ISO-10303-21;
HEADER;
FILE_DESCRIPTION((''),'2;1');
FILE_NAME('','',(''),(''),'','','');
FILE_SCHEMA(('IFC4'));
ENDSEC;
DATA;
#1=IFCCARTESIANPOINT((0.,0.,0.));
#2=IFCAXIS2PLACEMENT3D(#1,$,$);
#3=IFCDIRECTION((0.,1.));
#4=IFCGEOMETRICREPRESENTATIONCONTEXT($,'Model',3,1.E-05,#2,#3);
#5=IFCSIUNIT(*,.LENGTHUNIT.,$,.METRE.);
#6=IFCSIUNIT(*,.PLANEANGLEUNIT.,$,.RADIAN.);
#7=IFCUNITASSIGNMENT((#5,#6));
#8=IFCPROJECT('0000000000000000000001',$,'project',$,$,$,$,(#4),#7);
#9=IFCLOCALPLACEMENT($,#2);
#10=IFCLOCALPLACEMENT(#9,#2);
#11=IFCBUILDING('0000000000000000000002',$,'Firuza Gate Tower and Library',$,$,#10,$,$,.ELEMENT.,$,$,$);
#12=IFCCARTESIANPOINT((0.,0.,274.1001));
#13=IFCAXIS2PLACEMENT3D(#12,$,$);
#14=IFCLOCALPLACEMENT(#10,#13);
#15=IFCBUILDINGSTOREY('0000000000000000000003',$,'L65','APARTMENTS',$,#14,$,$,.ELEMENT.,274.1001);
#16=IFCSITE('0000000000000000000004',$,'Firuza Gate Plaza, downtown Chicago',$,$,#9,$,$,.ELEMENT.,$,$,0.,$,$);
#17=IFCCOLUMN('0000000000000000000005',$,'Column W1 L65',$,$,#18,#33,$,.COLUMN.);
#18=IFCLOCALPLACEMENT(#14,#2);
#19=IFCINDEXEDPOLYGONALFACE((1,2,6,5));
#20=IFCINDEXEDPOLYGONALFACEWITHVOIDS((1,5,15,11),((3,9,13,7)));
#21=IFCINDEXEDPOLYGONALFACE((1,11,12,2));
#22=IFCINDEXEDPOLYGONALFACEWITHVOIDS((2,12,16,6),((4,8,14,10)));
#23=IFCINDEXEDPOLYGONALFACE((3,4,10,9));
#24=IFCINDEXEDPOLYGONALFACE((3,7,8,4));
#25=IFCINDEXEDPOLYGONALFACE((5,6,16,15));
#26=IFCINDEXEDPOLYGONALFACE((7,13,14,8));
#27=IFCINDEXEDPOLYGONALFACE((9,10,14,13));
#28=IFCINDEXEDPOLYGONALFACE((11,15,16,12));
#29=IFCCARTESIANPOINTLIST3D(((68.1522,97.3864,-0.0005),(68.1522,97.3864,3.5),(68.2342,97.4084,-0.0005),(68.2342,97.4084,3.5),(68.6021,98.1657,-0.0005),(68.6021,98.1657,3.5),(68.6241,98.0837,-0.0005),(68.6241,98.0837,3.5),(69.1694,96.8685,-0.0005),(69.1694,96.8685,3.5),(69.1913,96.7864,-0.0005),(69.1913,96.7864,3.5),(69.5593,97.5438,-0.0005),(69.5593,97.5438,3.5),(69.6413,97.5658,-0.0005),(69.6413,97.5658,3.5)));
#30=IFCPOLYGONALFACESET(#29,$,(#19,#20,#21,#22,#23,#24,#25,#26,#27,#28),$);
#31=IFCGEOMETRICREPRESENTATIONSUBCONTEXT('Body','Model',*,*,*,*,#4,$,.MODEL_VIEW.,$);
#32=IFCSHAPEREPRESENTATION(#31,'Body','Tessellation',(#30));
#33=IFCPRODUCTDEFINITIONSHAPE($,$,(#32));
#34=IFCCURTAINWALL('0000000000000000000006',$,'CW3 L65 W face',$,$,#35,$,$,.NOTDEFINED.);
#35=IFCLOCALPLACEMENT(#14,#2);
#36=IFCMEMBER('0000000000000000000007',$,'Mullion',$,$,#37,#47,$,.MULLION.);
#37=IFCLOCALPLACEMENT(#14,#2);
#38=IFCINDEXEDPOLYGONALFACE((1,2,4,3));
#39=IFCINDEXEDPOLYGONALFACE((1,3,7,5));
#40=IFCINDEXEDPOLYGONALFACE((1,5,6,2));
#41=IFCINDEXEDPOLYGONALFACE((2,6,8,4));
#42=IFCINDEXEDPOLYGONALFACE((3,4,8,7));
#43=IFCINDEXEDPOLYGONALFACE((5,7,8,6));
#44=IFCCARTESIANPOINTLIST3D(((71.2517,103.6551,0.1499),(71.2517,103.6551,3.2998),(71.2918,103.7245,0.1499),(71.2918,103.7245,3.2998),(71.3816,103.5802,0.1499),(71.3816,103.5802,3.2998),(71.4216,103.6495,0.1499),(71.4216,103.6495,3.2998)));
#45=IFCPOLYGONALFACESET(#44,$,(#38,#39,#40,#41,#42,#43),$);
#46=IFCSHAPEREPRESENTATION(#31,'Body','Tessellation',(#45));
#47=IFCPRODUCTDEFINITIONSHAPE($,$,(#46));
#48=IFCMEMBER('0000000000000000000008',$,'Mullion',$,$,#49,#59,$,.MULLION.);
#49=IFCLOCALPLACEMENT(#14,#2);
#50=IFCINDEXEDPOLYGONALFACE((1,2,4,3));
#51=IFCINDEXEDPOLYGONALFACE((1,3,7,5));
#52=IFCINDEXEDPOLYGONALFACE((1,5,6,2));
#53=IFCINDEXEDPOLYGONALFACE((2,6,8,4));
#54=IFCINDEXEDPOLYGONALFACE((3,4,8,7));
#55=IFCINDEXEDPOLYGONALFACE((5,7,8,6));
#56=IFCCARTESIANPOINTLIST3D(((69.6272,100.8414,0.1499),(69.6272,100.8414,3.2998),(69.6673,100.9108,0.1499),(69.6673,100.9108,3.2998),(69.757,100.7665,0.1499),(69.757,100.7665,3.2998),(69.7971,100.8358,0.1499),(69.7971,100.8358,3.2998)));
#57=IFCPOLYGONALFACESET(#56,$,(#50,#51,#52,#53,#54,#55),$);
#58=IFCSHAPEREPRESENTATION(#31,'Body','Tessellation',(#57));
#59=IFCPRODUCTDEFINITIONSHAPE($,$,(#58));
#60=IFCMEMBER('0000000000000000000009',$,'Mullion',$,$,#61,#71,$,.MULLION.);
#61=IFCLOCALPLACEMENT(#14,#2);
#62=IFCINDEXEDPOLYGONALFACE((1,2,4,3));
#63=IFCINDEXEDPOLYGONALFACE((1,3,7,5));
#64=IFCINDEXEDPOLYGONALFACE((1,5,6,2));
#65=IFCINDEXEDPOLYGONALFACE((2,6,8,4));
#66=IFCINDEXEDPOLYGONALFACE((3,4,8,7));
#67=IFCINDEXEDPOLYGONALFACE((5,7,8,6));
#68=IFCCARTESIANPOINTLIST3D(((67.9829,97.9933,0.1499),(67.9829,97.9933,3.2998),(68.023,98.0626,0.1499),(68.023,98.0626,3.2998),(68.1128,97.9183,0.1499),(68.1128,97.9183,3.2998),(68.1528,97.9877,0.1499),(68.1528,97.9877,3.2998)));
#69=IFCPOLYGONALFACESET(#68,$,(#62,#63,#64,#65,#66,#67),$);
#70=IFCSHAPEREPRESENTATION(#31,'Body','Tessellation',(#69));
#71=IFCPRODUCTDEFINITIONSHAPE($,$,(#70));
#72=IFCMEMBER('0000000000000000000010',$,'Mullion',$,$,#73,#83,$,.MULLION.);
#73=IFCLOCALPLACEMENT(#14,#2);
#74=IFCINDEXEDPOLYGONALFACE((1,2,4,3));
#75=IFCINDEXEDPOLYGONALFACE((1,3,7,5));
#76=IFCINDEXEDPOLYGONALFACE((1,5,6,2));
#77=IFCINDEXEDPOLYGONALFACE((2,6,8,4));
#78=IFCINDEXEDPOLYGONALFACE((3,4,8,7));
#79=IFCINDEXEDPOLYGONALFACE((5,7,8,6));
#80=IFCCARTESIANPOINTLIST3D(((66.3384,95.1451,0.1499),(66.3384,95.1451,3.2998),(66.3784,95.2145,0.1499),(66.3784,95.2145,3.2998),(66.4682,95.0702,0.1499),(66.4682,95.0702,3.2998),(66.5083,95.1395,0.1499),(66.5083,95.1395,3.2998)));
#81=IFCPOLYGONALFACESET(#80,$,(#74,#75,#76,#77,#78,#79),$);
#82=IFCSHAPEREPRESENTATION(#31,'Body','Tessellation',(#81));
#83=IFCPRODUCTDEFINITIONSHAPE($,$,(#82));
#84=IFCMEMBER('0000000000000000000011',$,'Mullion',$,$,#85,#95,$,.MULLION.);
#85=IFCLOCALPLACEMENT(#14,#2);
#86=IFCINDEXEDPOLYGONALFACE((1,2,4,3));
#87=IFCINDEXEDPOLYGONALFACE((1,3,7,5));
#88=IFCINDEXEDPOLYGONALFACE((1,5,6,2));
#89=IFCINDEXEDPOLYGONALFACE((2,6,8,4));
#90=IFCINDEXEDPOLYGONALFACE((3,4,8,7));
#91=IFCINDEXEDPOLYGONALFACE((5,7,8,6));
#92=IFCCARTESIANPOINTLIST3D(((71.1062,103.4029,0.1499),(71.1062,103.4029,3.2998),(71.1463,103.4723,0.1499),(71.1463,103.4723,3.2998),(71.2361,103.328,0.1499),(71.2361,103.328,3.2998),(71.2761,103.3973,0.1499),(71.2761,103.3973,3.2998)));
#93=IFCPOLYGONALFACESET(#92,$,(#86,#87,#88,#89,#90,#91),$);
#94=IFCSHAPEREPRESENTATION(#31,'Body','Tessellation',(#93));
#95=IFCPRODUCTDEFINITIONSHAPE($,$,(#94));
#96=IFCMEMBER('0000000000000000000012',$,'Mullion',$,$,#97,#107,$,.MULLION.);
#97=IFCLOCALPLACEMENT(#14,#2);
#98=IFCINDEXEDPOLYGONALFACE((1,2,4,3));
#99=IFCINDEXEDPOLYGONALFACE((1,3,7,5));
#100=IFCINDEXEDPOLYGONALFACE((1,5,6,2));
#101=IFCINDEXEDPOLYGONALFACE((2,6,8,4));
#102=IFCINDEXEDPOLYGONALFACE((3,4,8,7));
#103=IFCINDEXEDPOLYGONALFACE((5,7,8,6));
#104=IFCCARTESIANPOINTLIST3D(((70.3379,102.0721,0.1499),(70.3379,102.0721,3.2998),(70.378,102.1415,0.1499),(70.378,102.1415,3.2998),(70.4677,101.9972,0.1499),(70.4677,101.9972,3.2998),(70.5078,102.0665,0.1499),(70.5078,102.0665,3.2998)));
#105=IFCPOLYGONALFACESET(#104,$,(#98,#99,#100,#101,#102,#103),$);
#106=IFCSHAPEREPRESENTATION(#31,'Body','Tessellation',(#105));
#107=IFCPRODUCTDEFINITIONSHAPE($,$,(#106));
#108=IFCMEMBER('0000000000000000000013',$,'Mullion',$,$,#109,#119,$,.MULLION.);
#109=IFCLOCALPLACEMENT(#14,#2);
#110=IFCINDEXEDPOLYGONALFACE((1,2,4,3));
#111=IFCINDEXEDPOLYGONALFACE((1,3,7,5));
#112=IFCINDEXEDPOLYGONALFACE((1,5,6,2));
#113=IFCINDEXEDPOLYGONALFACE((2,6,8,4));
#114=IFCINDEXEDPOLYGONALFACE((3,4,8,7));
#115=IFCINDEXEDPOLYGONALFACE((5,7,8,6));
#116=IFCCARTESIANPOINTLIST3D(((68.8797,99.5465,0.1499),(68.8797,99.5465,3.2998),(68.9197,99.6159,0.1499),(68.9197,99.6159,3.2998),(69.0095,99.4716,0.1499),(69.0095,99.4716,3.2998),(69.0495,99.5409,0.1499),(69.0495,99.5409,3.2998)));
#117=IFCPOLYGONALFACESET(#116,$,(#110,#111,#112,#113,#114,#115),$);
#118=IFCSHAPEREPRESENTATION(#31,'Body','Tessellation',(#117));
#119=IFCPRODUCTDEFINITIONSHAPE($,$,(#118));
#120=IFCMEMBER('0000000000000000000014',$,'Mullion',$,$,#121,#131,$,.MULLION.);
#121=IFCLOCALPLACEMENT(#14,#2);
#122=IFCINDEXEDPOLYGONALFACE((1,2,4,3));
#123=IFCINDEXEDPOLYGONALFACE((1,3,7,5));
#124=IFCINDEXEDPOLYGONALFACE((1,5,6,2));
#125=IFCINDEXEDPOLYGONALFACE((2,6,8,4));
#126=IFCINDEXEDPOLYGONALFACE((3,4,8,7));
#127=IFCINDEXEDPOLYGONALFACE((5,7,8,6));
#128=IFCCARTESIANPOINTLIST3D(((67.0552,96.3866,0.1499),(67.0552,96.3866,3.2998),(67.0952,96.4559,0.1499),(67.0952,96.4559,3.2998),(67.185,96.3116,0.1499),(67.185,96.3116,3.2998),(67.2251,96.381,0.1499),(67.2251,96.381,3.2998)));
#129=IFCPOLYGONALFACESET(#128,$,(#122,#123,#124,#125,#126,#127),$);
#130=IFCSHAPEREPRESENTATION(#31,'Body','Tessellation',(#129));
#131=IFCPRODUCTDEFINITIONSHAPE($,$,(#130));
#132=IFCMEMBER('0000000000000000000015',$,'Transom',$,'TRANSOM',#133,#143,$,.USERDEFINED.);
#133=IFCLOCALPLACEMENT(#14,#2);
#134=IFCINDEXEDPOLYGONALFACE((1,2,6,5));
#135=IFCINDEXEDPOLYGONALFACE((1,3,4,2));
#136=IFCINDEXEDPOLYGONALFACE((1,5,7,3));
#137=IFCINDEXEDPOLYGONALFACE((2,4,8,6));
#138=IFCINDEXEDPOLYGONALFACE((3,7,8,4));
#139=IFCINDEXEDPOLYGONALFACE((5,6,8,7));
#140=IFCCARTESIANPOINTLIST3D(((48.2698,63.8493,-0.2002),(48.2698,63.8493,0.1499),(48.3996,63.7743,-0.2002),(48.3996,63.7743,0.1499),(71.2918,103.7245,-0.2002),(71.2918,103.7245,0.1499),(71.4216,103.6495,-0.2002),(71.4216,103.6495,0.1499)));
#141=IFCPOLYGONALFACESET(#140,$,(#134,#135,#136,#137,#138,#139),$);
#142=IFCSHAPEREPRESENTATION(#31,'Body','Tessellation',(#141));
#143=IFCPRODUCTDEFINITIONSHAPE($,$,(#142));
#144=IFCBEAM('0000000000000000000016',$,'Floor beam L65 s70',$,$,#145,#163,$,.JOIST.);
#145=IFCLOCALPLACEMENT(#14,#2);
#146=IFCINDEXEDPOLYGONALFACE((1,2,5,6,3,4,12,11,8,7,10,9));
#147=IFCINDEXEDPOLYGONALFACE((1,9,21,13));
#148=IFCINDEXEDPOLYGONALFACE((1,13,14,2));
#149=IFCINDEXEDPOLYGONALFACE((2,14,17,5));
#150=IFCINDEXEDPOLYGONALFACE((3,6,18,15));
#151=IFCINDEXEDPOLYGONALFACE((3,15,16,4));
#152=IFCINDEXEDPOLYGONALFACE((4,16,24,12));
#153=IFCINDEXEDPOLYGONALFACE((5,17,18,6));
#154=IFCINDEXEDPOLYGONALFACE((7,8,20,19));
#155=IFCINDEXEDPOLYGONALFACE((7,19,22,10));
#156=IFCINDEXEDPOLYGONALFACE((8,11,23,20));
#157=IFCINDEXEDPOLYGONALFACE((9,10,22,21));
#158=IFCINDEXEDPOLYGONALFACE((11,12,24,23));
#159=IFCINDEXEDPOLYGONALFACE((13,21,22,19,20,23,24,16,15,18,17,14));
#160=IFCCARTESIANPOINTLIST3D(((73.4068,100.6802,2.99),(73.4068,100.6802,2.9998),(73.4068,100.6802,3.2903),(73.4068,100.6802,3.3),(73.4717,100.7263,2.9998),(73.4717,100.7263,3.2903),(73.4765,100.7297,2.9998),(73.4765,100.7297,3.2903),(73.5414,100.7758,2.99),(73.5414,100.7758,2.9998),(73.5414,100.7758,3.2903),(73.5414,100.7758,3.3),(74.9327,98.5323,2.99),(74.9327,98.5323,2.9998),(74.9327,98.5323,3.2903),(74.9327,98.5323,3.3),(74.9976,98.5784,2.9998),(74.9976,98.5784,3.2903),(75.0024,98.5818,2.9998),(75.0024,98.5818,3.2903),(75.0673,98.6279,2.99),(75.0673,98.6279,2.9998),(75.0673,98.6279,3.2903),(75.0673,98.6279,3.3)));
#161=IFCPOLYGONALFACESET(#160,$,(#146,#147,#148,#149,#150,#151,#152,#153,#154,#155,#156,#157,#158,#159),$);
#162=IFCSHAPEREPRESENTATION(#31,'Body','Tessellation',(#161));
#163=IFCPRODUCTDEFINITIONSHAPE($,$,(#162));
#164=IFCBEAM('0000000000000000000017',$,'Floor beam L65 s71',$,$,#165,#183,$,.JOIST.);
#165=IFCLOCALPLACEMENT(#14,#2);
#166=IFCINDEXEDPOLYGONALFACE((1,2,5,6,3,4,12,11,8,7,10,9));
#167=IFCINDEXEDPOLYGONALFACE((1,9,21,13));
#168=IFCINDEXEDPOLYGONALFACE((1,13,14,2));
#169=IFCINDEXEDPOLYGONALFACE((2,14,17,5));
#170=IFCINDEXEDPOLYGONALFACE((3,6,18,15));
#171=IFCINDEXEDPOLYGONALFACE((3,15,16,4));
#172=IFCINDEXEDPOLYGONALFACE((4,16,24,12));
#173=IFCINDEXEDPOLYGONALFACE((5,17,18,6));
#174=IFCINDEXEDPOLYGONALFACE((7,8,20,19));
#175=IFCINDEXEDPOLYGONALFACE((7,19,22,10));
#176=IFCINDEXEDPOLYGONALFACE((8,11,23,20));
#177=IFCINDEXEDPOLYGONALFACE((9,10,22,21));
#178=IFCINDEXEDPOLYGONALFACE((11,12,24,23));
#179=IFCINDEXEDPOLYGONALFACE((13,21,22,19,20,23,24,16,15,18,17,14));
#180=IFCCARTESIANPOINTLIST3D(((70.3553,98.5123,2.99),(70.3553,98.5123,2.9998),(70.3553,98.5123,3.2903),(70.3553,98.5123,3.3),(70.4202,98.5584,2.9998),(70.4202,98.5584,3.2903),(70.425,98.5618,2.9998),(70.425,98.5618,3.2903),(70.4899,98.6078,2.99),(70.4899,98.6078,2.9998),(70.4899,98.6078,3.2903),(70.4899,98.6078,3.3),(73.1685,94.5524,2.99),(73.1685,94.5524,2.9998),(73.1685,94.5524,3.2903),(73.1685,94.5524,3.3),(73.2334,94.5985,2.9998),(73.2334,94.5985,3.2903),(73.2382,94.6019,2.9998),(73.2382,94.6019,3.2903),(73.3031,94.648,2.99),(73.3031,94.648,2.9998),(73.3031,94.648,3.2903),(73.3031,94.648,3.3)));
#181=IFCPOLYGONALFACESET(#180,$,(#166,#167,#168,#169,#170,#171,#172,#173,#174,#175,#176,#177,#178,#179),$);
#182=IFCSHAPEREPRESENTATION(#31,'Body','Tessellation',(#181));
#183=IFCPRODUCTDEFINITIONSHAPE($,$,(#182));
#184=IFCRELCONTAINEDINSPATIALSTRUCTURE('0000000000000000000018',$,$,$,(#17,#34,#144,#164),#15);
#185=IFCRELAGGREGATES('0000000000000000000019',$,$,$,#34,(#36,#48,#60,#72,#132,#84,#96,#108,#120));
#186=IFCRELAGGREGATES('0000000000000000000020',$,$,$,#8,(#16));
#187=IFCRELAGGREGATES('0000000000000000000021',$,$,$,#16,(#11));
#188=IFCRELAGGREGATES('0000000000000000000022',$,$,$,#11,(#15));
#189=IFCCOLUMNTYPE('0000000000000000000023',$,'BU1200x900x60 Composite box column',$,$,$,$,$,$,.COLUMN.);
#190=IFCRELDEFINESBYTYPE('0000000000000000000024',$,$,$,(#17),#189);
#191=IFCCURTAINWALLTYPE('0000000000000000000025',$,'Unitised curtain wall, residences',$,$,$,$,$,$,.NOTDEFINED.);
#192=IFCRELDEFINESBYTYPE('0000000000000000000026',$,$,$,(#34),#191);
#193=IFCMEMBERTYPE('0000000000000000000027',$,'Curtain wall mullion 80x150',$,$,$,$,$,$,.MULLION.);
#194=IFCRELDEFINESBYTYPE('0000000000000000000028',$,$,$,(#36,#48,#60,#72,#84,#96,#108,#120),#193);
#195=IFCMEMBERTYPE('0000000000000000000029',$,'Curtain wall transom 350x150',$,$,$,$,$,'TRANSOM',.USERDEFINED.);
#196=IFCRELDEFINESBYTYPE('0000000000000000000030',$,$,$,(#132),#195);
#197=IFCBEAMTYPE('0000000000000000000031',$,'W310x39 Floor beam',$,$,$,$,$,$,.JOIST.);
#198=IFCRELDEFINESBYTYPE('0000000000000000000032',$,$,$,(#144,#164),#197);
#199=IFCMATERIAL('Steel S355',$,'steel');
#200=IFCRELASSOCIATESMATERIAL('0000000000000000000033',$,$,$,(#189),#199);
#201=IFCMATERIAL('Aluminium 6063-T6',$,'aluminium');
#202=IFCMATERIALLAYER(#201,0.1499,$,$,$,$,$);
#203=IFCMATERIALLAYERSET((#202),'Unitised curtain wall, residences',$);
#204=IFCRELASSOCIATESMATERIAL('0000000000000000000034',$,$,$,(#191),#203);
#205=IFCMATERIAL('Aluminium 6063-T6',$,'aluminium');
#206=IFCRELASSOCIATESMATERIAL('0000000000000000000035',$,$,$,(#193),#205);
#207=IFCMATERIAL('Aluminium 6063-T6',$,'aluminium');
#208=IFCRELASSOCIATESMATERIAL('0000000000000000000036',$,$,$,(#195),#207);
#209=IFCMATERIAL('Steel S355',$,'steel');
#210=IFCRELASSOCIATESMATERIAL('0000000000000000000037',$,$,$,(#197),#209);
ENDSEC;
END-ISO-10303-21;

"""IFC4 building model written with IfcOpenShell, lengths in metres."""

from ifc_helpers import new_model, si_unit, direction, frame, origin, origin_2d, place, context, subcontext, project, spatial, rectangle, hollow_rectangle, i_section, extrude, material, layer, layer_set, material_profile, profile_set, type_object, element, aggregate, save


model = new_model("IFC4")

# Units and contexts
model_context = context("Model", 3, precision=1e-05, world=origin(), true_north=direction((0.0, 1.0)))
body_context = subcontext(model_context, "Body", "Model", "MODEL_VIEW")
ifc_project = project(units=[si_unit("LENGTHUNIT", "METRE"), si_unit("PLANEANGLEUNIT", "RADIAN")], contexts=[model_context])

# Site, building, storey
site_placement = place(None, origin())
site = spatial("IfcSite", under=ifc_project, at=site_placement, Name="Firuza Gate Plaza, downtown Chicago", CompositionType="ELEMENT", RefElevation=0.0)
building_placement = place(site_placement, origin())
building = spatial("IfcBuilding", under=site, at=building_placement, Name="Firuza Gate Tower and Library", CompositionType="ELEMENT")
storey_placement = place(building_placement, frame((0.0, 0.0, 274.1001)))
storey = spatial("IfcBuildingStorey", under=building, at=storey_placement, Name="L65", Description="APARTMENTS", CompositionType="ELEMENT", Elevation=274.1001)

# Column
ifc_material_1 = material(Name="Steel S355", Category="steel")
ifc_material_profile_1 = material_profile(ifc_material_1, hollow_rectangle(XDim=0.8999, YDim=1.2, WallThickness=0.0601, at=origin_2d()))
ifc_profile_set_1 = profile_set([ifc_material_profile_1], Name="Steel S355")
column_type = type_object("IfcColumnType", Name="BU1200x900x60 Composite box column", PredefinedType="COLUMN", material=ifc_profile_set_1)
column_placement = place(storey_placement, frame((68.8967, 97.4761, -0.0005), z_axis=(0.0, 0.0, 1.0), x_axis=(-0.5, -0.866025, 0.0)))
element("IfcColumn", 1, at=column_placement, inside=storey, type_object=column_type, Name="Column W1 L65", PredefinedType="COLUMN", context=body_context, shape_type="SweptSolid", body=[
    extrude(hollow_rectangle(XDim=0.8999, YDim=1.2, WallThickness=0.0601, at=origin_2d()), origin(), (0.0, 0.0, 1.0), 3.5005),
])

# Curtain wall, members
ifc_material_2 = material(Name="Aluminium 6063-T6", Category="aluminium")
ifc_layer_1 = layer(ifc_material_2, 0.1499)
ifc_layer_set_1 = layer_set([ifc_layer_1], Name="Unitised curtain wall, residences")
curtain_wall_type = type_object("IfcCurtainWallType", Name="Unitised curtain wall, residences", PredefinedType="NOTDEFINED", material=ifc_layer_set_1)
curtain_wall_placement = place(storey_placement, origin())
curtain_wall = element("IfcCurtainWall", 2, at=curtain_wall_placement, inside=storey, type_object=curtain_wall_type, Name="CW3 L65 W face", PredefinedType="NOTDEFINED")
ifc_material_3 = material(Name="Aluminium 6063-T6", Category="aluminium")
ifc_material_profile_2 = material_profile(ifc_material_3, rectangle(XDim=0.1499, YDim=0.0801, at=origin_2d()))
ifc_profile_set_2 = profile_set([ifc_material_profile_2], Name="Aluminium 6063-T6")
member_type_1 = type_object("IfcMemberType", Name="Curtain wall mullion 80x150", PredefinedType="MULLION", material=ifc_profile_set_2)
member_1_placement = place(storey_placement, frame((71.3367, 103.6523, 0.1499), z_axis=(0.0, 0.0, 1.0), x_axis=(0.866025, -0.5, 0.0)))
member_1 = element("IfcMember", 3, at=member_1_placement, type_object=member_type_1, Name="Mullion", PredefinedType="MULLION", context=body_context, shape_type="SweptSolid", body=[
    extrude(rectangle(XDim=0.1499, YDim=0.0801, at=origin_2d()), origin(), (0.0, 0.0, 1.0), 3.1499),
])
member_2_placement = place(storey_placement, frame((69.7122, 100.8386, 0.1499), z_axis=(0.0, 0.0, 1.0), x_axis=(0.866025, -0.5, 0.0)))
member_2 = element("IfcMember", 4, at=member_2_placement, type_object=member_type_1, Name="Mullion", PredefinedType="MULLION", context=body_context, shape_type="SweptSolid", body=[
    extrude(rectangle(XDim=0.1499, YDim=0.0801, at=origin_2d()), origin(), (0.0, 0.0, 1.0), 3.1499),
])
member_3_placement = place(storey_placement, frame((68.0679, 97.9905, 0.1499), z_axis=(0.0, 0.0, 1.0), x_axis=(0.866025, -0.5, 0.0)))
member_3 = element("IfcMember", 5, at=member_3_placement, type_object=member_type_1, Name="Mullion", PredefinedType="MULLION", context=body_context, shape_type="SweptSolid", body=[
    extrude(rectangle(XDim=0.1499, YDim=0.0801, at=origin_2d()), origin(), (0.0, 0.0, 1.0), 3.1499),
])
member_4_placement = place(storey_placement, frame((66.4233, 95.1423, 0.1499), z_axis=(0.0, 0.0, 1.0), x_axis=(0.866025, -0.5, 0.0)))
member_4 = element("IfcMember", 6, at=member_4_placement, type_object=member_type_1, Name="Mullion", PredefinedType="MULLION", context=body_context, shape_type="SweptSolid", body=[
    extrude(rectangle(XDim=0.1499, YDim=0.0801, at=origin_2d()), origin(), (0.0, 0.0, 1.0), 3.1499),
])
member_5_placement = place(storey_placement, frame((71.1912, 103.4001, 0.1499), z_axis=(0.0, 0.0, 1.0), x_axis=(0.866025, -0.5, 0.0)))
member_5 = element("IfcMember", 7, at=member_5_placement, type_object=member_type_1, Name="Mullion", PredefinedType="MULLION", context=body_context, shape_type="SweptSolid", body=[
    extrude(rectangle(XDim=0.1499, YDim=0.0801, at=origin_2d()), origin(), (0.0, 0.0, 1.0), 3.1499),
])
member_6_placement = place(storey_placement, frame((70.4229, 102.0693, 0.1499), z_axis=(0.0, 0.0, 1.0), x_axis=(0.866025, -0.5, 0.0)))
member_6 = element("IfcMember", 8, at=member_6_placement, type_object=member_type_1, Name="Mullion", PredefinedType="MULLION", context=body_context, shape_type="SweptSolid", body=[
    extrude(rectangle(XDim=0.1499, YDim=0.0801, at=origin_2d()), origin(), (0.0, 0.0, 1.0), 3.1499),
])
member_7_placement = place(storey_placement, frame((68.9646, 99.5437, 0.1499), z_axis=(0.0, 0.0, 1.0), x_axis=(0.866025, -0.5, 0.0)))
member_7 = element("IfcMember", 9, at=member_7_placement, type_object=member_type_1, Name="Mullion", PredefinedType="MULLION", context=body_context, shape_type="SweptSolid", body=[
    extrude(rectangle(XDim=0.1499, YDim=0.0801, at=origin_2d()), origin(), (0.0, 0.0, 1.0), 3.1499),
])
member_8_placement = place(storey_placement, frame((67.1401, 96.3838, 0.1499), z_axis=(0.0, 0.0, 1.0), x_axis=(0.866025, -0.5, 0.0)))
member_8 = element("IfcMember", 10, at=member_8_placement, type_object=member_type_1, Name="Mullion", PredefinedType="MULLION", context=body_context, shape_type="SweptSolid", body=[
    extrude(rectangle(XDim=0.1499, YDim=0.0801, at=origin_2d()), origin(), (0.0, 0.0, 1.0), 3.1499),
])
ifc_material_4 = material(Name="Aluminium 6063-T6", Category="aluminium")
ifc_material_profile_3 = material_profile(ifc_material_4, rectangle(XDim=0.1499, YDim=0.3501, at=origin_2d()))
ifc_profile_set_3 = profile_set([ifc_material_profile_3], Name="Aluminium 6063-T6")
member_type_2 = type_object("IfcMemberType", Name="Curtain wall transom 350x150", ElementType="TRANSOM", PredefinedType="USERDEFINED", material=ifc_profile_set_3)
member_9_placement = place(storey_placement, frame((71.3567, 103.687, -0.0251), z_axis=(-0.5, -0.866026, 0.0), x_axis=(0.866026, -0.5, 0.0)))
member_9 = element("IfcMember", 11, at=member_9_placement, type_object=member_type_2, Name="Transom", ObjectType="TRANSOM", PredefinedType="USERDEFINED", context=body_context, shape_type="SweptSolid", body=[
    extrude(rectangle(XDim=0.1499, YDim=0.3501, at=origin_2d()), origin(), (0.0, 0.0, 1.0), 46.0439),
])

# Beams
ifc_material_5 = material(Name="Steel S355", Category="steel")
ifc_material_profile_4 = material_profile(ifc_material_5, i_section(OverallWidth=0.165, OverallDepth=0.3101, WebThickness=0.0059, FlangeThickness=0.0098, at=origin_2d()))
ifc_profile_set_4 = profile_set([ifc_material_profile_4], Name="Steel S355")
beam_type_1 = type_object("IfcBeamType", Name="W310x39 Floor beam", PredefinedType="JOIST", material=ifc_profile_set_4)
beam_1_placement = place(storey_placement, frame((73.4741, 100.728, 3.145), z_axis=(0.579133, -0.815233, 0.0), x_axis=(0.815233, 0.579133, 0.0)))
element("IfcBeam", 12, at=beam_1_placement, inside=storey, type_object=beam_type_1, Name="Floor beam L65 s70", PredefinedType="JOIST", context=body_context, shape_type="SweptSolid", body=[
    extrude(i_section(OverallWidth=0.165, OverallDepth=0.3101, WebThickness=0.0059, FlangeThickness=0.0098, at=origin_2d()), origin(), (0.0, 0.0, 1.0), 2.6348),
])
beam_2_placement = place(storey_placement, frame((70.4226, 98.5601, 3.145), z_axis=(0.579149, -0.815222, 0.0), x_axis=(0.815222, 0.579149, 0.0)))
element("IfcBeam", 13, at=beam_2_placement, inside=storey, type_object=beam_type_1, Name="Floor beam L65 s71", PredefinedType="JOIST", context=body_context, shape_type="SweptSolid", body=[
    extrude(i_section(OverallWidth=0.165, OverallDepth=0.3101, WebThickness=0.0059, FlangeThickness=0.0098, at=origin_2d()), origin(), (0.0, 0.0, 1.0), 4.8574),
])

aggregate(curtain_wall, [member_1, member_2, member_3, member_4, member_9, member_5, member_6, member_7, member_8])

save(model, "model.ifc")
